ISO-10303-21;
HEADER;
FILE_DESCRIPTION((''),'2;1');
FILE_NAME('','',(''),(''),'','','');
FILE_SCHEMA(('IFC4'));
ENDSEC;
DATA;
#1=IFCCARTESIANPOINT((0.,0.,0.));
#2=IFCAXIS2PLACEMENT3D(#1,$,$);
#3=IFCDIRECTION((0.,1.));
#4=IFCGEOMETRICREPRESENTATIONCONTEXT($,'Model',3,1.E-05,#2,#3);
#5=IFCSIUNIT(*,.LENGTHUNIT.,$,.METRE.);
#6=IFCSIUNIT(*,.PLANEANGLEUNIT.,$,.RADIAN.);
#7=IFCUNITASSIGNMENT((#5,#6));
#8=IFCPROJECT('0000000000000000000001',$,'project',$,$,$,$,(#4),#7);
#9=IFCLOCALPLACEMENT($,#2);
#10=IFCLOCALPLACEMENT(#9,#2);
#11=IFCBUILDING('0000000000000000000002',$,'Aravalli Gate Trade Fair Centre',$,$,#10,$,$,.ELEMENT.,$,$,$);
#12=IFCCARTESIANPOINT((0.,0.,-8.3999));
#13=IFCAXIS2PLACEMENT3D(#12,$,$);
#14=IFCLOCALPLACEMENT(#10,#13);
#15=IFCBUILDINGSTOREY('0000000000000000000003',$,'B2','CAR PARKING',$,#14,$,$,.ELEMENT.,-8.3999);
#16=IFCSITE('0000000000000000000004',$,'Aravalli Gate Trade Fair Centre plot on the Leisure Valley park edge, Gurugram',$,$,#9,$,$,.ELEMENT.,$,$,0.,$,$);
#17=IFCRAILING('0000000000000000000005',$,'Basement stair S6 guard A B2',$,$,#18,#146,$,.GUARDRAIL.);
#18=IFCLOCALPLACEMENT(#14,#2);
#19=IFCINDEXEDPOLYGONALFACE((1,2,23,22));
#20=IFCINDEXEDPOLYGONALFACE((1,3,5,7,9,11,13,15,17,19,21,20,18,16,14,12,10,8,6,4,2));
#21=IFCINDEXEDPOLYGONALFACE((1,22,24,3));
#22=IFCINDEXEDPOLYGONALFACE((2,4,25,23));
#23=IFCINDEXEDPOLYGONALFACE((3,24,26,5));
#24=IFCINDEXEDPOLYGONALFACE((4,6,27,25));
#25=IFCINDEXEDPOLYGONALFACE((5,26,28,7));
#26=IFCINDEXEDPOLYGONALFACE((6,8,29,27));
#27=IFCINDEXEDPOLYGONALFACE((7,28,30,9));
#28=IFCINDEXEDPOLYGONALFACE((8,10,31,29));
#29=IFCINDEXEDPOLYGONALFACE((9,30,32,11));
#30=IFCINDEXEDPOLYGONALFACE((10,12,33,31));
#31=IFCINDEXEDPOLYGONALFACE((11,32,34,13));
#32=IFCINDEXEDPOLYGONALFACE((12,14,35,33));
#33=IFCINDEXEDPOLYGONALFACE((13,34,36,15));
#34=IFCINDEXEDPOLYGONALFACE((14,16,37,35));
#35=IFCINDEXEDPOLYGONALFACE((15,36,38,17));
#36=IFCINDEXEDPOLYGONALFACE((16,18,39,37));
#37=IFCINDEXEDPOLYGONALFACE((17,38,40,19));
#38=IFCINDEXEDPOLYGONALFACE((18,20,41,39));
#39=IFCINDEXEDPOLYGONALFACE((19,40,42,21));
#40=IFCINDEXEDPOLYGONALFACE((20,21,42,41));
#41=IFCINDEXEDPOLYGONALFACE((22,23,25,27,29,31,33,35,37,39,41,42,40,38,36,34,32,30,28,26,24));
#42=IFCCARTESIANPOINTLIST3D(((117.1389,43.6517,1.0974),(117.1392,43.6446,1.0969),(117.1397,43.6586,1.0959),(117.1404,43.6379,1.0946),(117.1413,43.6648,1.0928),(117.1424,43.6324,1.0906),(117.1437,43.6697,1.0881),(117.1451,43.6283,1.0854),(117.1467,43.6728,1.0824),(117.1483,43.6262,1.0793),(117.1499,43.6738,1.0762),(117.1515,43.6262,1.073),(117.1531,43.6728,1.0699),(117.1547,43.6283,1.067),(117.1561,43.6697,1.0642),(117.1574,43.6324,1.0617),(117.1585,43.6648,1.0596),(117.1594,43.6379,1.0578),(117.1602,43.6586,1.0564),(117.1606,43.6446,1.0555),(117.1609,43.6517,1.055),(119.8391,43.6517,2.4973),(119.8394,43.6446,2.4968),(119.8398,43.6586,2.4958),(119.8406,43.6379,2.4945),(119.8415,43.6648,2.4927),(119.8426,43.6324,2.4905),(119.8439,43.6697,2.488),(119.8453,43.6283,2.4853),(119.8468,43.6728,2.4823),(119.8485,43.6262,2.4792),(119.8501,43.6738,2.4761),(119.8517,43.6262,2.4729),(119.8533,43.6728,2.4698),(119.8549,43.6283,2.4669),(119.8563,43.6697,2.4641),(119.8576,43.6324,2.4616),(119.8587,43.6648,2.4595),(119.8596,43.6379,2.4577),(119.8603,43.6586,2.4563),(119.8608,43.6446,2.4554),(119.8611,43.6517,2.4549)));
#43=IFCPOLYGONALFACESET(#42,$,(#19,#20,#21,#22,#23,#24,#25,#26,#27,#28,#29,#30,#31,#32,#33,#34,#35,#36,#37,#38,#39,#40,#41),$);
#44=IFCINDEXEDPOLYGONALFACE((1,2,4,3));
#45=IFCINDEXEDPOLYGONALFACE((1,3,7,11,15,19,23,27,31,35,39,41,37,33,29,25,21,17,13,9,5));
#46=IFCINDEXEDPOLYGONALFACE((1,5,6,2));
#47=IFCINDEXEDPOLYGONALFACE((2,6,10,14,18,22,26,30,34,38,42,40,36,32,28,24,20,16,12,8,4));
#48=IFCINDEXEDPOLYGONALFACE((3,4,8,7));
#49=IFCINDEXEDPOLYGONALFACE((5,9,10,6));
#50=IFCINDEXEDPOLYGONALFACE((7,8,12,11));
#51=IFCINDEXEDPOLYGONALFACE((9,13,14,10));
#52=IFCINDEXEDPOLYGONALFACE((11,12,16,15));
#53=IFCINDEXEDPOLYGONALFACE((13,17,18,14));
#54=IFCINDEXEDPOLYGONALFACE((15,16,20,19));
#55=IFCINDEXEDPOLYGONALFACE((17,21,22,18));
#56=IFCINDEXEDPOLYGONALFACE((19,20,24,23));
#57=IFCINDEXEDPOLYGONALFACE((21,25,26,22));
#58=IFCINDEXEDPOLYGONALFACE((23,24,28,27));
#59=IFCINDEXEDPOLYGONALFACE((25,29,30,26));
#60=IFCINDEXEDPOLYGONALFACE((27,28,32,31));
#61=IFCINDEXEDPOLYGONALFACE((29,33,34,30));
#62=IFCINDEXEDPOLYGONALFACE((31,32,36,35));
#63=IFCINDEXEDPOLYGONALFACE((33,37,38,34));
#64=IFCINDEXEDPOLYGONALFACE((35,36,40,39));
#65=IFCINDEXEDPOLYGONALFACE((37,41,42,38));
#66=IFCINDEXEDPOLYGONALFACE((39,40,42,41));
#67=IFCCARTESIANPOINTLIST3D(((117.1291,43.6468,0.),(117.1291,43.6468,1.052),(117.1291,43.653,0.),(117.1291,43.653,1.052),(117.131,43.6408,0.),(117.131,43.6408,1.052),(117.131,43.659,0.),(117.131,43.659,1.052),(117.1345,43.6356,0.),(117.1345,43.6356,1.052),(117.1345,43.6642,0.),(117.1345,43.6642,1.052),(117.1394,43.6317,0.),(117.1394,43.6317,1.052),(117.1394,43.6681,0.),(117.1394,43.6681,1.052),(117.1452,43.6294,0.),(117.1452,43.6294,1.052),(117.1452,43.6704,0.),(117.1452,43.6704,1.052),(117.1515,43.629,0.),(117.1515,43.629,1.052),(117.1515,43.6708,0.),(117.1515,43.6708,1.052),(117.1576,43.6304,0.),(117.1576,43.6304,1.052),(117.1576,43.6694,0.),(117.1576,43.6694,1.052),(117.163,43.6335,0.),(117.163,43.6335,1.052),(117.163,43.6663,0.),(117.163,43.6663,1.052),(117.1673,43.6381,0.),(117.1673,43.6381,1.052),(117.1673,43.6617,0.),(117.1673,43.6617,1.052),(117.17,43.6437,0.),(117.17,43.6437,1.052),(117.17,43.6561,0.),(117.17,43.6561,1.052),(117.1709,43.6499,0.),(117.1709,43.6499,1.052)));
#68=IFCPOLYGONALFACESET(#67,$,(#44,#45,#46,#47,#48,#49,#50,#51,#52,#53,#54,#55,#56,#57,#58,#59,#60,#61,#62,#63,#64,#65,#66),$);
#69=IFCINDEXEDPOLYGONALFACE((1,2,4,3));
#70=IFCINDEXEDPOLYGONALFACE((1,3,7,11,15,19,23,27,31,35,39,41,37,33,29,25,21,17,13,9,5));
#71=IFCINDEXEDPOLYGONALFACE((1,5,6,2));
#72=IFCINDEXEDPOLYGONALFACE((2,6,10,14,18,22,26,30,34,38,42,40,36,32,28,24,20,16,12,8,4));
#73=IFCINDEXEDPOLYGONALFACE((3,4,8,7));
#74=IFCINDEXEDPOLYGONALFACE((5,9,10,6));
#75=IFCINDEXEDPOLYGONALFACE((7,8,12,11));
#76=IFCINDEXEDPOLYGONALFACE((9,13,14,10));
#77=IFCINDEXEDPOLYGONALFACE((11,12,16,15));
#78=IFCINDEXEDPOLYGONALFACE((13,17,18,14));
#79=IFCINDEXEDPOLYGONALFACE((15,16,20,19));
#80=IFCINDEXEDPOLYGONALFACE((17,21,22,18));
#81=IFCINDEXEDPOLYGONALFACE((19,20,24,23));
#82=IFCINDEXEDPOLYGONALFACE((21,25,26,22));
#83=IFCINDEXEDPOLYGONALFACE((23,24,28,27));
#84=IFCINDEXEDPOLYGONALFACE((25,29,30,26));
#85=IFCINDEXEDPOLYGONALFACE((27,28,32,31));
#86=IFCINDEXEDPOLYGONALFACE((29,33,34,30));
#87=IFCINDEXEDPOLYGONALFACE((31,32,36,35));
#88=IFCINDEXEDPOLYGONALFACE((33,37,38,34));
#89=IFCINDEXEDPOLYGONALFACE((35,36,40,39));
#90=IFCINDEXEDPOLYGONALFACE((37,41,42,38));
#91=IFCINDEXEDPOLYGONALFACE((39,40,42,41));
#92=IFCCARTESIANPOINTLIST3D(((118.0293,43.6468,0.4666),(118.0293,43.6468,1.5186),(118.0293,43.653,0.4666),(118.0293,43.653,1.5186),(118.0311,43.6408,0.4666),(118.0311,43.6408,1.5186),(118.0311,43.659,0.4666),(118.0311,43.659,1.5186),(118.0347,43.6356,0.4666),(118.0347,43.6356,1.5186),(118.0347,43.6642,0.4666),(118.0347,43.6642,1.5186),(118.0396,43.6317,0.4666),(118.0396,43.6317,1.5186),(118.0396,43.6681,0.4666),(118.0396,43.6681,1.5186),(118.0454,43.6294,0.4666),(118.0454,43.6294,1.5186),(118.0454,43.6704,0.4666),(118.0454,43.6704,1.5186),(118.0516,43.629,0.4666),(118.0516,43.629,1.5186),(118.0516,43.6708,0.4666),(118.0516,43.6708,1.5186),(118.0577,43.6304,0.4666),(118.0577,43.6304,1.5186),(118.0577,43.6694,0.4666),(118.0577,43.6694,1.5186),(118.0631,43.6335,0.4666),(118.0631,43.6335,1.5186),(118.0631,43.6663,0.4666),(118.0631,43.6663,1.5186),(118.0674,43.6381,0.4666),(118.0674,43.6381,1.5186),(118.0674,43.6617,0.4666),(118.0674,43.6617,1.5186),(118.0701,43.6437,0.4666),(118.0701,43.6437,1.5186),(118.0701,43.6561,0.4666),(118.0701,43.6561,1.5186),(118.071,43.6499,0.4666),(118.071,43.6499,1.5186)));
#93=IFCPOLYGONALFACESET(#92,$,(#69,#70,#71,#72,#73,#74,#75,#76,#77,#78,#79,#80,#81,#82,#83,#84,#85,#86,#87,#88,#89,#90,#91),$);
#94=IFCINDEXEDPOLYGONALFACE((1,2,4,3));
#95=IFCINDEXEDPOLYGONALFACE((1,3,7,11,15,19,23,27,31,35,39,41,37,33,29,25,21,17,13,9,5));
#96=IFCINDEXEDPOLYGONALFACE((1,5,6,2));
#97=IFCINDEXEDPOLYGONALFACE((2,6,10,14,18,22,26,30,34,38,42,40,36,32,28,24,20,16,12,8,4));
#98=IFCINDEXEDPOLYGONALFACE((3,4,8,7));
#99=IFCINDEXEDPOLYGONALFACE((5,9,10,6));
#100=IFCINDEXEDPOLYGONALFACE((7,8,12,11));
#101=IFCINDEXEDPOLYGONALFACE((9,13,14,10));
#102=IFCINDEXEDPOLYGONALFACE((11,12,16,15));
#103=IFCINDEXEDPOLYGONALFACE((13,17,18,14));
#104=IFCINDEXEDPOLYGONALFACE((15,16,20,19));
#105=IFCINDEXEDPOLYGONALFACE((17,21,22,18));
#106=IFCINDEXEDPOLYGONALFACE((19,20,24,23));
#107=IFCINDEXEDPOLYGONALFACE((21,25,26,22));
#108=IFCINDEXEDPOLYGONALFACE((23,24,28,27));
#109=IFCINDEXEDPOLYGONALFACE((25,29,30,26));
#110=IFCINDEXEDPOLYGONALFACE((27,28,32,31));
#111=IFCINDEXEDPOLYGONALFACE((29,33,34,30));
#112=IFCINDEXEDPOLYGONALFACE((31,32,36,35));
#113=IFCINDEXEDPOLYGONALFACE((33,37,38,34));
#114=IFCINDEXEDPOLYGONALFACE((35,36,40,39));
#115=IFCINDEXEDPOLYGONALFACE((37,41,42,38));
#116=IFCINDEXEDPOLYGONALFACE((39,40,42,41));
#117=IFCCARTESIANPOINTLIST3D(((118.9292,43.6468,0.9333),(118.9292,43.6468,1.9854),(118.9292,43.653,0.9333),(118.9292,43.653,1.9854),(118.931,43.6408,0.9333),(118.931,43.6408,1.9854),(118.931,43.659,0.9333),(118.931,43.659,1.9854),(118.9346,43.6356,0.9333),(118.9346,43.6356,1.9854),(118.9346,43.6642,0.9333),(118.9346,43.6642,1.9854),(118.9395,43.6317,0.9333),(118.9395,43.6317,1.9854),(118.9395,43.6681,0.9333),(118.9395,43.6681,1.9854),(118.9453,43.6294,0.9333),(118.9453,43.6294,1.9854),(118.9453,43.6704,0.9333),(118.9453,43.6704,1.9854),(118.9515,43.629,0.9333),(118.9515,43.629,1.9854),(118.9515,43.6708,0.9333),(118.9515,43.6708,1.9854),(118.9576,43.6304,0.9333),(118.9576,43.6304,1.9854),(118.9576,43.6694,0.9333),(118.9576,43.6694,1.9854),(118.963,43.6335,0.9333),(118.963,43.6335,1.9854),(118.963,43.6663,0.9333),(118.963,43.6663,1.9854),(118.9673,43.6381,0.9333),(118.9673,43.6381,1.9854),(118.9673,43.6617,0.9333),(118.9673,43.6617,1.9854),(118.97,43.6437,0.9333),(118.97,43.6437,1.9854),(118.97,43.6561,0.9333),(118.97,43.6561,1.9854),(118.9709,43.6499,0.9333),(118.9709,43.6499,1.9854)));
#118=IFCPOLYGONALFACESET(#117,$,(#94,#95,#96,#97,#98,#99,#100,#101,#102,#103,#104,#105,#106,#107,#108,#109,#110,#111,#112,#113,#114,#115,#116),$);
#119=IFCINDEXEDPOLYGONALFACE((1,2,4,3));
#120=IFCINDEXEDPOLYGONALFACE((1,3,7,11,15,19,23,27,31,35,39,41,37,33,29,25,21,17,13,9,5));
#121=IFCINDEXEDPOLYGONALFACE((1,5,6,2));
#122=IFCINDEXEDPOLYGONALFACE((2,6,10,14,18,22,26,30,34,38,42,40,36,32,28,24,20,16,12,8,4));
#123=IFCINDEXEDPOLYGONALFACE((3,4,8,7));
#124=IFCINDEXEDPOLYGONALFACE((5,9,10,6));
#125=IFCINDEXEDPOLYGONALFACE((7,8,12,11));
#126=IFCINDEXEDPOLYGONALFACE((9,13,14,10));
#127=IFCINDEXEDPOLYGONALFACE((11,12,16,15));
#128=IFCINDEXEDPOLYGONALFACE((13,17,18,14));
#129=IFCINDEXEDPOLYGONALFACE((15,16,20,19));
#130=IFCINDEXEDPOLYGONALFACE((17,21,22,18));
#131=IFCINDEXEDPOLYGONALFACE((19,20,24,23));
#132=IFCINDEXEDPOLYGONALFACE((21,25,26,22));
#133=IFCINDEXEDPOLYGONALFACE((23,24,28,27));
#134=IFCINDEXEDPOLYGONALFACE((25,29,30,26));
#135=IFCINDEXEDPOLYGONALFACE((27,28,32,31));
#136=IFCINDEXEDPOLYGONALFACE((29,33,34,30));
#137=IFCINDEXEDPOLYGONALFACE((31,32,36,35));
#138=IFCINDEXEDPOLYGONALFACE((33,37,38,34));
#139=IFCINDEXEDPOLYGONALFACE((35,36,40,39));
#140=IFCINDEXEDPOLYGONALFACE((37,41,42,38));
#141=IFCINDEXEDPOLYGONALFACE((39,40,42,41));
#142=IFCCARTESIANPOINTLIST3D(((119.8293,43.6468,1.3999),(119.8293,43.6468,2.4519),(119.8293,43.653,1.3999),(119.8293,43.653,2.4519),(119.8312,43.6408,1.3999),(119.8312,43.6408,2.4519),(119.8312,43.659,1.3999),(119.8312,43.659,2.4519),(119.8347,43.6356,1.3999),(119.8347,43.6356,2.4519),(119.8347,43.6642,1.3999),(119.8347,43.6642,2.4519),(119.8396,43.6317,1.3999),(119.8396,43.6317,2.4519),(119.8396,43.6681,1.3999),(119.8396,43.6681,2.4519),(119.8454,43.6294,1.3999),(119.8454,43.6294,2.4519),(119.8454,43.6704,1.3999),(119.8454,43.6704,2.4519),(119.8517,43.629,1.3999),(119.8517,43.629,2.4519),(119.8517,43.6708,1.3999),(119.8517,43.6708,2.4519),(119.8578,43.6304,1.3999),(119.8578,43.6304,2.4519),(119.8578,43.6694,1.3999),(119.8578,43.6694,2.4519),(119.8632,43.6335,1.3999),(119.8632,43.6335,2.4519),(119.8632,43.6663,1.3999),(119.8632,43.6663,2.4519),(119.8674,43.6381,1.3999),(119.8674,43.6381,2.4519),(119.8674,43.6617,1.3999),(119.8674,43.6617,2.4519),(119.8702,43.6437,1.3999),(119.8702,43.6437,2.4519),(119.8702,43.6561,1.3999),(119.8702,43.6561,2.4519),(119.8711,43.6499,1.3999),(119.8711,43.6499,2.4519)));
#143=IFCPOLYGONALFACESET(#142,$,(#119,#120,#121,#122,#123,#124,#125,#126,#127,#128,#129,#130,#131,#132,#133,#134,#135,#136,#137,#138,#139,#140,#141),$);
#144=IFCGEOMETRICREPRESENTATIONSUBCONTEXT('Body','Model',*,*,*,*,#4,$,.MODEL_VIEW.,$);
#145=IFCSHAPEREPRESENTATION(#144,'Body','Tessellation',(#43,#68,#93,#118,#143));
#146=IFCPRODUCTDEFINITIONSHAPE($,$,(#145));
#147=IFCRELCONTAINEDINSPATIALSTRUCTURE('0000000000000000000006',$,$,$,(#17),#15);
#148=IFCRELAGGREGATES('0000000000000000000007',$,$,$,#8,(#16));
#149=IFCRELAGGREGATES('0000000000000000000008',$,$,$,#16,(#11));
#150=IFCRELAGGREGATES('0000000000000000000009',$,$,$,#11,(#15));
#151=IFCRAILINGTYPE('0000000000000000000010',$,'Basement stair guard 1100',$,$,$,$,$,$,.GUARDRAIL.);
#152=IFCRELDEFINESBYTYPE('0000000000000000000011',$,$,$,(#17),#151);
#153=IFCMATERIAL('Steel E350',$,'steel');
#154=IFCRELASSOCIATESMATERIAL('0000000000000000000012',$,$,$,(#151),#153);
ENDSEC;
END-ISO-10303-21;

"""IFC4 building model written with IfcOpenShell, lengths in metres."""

from ifc_helpers import new_model, si_unit, direction, frame, origin, origin_2d, place, context, subcontext, project, spatial, circle, extrude, material, type_object, element, save


model = new_model("IFC4")

# Units and contexts
model_context = context("Model", 3, precision=1e-05, world=origin(), true_north=direction((0.0, 1.0)))
body_context = subcontext(model_context, "Body", "Model", "MODEL_VIEW")
ifc_project = project(units=[si_unit("LENGTHUNIT", "METRE"), si_unit("PLANEANGLEUNIT", "RADIAN")], contexts=[model_context])

# Site, building, storey
site_placement = place(None, origin())
site = spatial("IfcSite", under=ifc_project, at=site_placement, Name="Aravalli Gate Trade Fair Centre plot on the Leisure Valley park edge, Gurugram", CompositionType="ELEMENT", RefElevation=0.0)
building_placement = place(site_placement, origin())
building = spatial("IfcBuilding", under=site, at=building_placement, Name="Aravalli Gate Trade Fair Centre", CompositionType="ELEMENT")
storey_placement = place(building_placement, frame((0.0, 0.0, -8.3999)))
storey = spatial("IfcBuildingStorey", under=building, at=storey_placement, Name="B2", Description="CAR PARKING", CompositionType="ELEMENT", Elevation=-8.3999)

# Railing
ifc_material_1 = material(Name="Steel E350", Category="steel")
railing_type_1 = type_object("IfcRailingType", Name="Basement stair guard 1100", PredefinedType="GUARDRAIL", material=ifc_material_1)
railing_1_placement = place(storey_placement, frame((117.1499, 43.6499, 0.0)))
element("IfcRailing", 1, at=railing_1_placement, inside=storey, type_object=railing_type_1, Name="Basement stair S6 guard A B2", PredefinedType="GUARDRAIL", context=body_context, shape_type="SweptSolid", body=[
    extrude(circle(Radius=0.0239, at=origin_2d()), frame((0.0, 0.0, 1.0762), z_axis=(0.887781, 0.0, 0.460266), x_axis=(0.0, 1.0, 0.0)), (0.0, 0.0, 1.0), 3.0415),
    extrude(circle(Radius=0.021, at=origin_2d()), origin(), (0.0, 0.0, 1.0), 1.052),
    extrude(circle(Radius=0.021, at=origin_2d()), frame((0.9001, 0.0, 0.4666)), (0.0, 0.0, 1.0), 1.052),
    extrude(circle(Radius=0.021, at=origin_2d()), frame((1.8, 0.0, 0.9333)), (0.0, 0.0, 1.0), 1.052),
    extrude(circle(Radius=0.021, at=origin_2d()), frame((2.7002, 0.0, 1.3999)), (0.0, 0.0, 1.0), 1.052),
])

save(model, "model.ifc")
